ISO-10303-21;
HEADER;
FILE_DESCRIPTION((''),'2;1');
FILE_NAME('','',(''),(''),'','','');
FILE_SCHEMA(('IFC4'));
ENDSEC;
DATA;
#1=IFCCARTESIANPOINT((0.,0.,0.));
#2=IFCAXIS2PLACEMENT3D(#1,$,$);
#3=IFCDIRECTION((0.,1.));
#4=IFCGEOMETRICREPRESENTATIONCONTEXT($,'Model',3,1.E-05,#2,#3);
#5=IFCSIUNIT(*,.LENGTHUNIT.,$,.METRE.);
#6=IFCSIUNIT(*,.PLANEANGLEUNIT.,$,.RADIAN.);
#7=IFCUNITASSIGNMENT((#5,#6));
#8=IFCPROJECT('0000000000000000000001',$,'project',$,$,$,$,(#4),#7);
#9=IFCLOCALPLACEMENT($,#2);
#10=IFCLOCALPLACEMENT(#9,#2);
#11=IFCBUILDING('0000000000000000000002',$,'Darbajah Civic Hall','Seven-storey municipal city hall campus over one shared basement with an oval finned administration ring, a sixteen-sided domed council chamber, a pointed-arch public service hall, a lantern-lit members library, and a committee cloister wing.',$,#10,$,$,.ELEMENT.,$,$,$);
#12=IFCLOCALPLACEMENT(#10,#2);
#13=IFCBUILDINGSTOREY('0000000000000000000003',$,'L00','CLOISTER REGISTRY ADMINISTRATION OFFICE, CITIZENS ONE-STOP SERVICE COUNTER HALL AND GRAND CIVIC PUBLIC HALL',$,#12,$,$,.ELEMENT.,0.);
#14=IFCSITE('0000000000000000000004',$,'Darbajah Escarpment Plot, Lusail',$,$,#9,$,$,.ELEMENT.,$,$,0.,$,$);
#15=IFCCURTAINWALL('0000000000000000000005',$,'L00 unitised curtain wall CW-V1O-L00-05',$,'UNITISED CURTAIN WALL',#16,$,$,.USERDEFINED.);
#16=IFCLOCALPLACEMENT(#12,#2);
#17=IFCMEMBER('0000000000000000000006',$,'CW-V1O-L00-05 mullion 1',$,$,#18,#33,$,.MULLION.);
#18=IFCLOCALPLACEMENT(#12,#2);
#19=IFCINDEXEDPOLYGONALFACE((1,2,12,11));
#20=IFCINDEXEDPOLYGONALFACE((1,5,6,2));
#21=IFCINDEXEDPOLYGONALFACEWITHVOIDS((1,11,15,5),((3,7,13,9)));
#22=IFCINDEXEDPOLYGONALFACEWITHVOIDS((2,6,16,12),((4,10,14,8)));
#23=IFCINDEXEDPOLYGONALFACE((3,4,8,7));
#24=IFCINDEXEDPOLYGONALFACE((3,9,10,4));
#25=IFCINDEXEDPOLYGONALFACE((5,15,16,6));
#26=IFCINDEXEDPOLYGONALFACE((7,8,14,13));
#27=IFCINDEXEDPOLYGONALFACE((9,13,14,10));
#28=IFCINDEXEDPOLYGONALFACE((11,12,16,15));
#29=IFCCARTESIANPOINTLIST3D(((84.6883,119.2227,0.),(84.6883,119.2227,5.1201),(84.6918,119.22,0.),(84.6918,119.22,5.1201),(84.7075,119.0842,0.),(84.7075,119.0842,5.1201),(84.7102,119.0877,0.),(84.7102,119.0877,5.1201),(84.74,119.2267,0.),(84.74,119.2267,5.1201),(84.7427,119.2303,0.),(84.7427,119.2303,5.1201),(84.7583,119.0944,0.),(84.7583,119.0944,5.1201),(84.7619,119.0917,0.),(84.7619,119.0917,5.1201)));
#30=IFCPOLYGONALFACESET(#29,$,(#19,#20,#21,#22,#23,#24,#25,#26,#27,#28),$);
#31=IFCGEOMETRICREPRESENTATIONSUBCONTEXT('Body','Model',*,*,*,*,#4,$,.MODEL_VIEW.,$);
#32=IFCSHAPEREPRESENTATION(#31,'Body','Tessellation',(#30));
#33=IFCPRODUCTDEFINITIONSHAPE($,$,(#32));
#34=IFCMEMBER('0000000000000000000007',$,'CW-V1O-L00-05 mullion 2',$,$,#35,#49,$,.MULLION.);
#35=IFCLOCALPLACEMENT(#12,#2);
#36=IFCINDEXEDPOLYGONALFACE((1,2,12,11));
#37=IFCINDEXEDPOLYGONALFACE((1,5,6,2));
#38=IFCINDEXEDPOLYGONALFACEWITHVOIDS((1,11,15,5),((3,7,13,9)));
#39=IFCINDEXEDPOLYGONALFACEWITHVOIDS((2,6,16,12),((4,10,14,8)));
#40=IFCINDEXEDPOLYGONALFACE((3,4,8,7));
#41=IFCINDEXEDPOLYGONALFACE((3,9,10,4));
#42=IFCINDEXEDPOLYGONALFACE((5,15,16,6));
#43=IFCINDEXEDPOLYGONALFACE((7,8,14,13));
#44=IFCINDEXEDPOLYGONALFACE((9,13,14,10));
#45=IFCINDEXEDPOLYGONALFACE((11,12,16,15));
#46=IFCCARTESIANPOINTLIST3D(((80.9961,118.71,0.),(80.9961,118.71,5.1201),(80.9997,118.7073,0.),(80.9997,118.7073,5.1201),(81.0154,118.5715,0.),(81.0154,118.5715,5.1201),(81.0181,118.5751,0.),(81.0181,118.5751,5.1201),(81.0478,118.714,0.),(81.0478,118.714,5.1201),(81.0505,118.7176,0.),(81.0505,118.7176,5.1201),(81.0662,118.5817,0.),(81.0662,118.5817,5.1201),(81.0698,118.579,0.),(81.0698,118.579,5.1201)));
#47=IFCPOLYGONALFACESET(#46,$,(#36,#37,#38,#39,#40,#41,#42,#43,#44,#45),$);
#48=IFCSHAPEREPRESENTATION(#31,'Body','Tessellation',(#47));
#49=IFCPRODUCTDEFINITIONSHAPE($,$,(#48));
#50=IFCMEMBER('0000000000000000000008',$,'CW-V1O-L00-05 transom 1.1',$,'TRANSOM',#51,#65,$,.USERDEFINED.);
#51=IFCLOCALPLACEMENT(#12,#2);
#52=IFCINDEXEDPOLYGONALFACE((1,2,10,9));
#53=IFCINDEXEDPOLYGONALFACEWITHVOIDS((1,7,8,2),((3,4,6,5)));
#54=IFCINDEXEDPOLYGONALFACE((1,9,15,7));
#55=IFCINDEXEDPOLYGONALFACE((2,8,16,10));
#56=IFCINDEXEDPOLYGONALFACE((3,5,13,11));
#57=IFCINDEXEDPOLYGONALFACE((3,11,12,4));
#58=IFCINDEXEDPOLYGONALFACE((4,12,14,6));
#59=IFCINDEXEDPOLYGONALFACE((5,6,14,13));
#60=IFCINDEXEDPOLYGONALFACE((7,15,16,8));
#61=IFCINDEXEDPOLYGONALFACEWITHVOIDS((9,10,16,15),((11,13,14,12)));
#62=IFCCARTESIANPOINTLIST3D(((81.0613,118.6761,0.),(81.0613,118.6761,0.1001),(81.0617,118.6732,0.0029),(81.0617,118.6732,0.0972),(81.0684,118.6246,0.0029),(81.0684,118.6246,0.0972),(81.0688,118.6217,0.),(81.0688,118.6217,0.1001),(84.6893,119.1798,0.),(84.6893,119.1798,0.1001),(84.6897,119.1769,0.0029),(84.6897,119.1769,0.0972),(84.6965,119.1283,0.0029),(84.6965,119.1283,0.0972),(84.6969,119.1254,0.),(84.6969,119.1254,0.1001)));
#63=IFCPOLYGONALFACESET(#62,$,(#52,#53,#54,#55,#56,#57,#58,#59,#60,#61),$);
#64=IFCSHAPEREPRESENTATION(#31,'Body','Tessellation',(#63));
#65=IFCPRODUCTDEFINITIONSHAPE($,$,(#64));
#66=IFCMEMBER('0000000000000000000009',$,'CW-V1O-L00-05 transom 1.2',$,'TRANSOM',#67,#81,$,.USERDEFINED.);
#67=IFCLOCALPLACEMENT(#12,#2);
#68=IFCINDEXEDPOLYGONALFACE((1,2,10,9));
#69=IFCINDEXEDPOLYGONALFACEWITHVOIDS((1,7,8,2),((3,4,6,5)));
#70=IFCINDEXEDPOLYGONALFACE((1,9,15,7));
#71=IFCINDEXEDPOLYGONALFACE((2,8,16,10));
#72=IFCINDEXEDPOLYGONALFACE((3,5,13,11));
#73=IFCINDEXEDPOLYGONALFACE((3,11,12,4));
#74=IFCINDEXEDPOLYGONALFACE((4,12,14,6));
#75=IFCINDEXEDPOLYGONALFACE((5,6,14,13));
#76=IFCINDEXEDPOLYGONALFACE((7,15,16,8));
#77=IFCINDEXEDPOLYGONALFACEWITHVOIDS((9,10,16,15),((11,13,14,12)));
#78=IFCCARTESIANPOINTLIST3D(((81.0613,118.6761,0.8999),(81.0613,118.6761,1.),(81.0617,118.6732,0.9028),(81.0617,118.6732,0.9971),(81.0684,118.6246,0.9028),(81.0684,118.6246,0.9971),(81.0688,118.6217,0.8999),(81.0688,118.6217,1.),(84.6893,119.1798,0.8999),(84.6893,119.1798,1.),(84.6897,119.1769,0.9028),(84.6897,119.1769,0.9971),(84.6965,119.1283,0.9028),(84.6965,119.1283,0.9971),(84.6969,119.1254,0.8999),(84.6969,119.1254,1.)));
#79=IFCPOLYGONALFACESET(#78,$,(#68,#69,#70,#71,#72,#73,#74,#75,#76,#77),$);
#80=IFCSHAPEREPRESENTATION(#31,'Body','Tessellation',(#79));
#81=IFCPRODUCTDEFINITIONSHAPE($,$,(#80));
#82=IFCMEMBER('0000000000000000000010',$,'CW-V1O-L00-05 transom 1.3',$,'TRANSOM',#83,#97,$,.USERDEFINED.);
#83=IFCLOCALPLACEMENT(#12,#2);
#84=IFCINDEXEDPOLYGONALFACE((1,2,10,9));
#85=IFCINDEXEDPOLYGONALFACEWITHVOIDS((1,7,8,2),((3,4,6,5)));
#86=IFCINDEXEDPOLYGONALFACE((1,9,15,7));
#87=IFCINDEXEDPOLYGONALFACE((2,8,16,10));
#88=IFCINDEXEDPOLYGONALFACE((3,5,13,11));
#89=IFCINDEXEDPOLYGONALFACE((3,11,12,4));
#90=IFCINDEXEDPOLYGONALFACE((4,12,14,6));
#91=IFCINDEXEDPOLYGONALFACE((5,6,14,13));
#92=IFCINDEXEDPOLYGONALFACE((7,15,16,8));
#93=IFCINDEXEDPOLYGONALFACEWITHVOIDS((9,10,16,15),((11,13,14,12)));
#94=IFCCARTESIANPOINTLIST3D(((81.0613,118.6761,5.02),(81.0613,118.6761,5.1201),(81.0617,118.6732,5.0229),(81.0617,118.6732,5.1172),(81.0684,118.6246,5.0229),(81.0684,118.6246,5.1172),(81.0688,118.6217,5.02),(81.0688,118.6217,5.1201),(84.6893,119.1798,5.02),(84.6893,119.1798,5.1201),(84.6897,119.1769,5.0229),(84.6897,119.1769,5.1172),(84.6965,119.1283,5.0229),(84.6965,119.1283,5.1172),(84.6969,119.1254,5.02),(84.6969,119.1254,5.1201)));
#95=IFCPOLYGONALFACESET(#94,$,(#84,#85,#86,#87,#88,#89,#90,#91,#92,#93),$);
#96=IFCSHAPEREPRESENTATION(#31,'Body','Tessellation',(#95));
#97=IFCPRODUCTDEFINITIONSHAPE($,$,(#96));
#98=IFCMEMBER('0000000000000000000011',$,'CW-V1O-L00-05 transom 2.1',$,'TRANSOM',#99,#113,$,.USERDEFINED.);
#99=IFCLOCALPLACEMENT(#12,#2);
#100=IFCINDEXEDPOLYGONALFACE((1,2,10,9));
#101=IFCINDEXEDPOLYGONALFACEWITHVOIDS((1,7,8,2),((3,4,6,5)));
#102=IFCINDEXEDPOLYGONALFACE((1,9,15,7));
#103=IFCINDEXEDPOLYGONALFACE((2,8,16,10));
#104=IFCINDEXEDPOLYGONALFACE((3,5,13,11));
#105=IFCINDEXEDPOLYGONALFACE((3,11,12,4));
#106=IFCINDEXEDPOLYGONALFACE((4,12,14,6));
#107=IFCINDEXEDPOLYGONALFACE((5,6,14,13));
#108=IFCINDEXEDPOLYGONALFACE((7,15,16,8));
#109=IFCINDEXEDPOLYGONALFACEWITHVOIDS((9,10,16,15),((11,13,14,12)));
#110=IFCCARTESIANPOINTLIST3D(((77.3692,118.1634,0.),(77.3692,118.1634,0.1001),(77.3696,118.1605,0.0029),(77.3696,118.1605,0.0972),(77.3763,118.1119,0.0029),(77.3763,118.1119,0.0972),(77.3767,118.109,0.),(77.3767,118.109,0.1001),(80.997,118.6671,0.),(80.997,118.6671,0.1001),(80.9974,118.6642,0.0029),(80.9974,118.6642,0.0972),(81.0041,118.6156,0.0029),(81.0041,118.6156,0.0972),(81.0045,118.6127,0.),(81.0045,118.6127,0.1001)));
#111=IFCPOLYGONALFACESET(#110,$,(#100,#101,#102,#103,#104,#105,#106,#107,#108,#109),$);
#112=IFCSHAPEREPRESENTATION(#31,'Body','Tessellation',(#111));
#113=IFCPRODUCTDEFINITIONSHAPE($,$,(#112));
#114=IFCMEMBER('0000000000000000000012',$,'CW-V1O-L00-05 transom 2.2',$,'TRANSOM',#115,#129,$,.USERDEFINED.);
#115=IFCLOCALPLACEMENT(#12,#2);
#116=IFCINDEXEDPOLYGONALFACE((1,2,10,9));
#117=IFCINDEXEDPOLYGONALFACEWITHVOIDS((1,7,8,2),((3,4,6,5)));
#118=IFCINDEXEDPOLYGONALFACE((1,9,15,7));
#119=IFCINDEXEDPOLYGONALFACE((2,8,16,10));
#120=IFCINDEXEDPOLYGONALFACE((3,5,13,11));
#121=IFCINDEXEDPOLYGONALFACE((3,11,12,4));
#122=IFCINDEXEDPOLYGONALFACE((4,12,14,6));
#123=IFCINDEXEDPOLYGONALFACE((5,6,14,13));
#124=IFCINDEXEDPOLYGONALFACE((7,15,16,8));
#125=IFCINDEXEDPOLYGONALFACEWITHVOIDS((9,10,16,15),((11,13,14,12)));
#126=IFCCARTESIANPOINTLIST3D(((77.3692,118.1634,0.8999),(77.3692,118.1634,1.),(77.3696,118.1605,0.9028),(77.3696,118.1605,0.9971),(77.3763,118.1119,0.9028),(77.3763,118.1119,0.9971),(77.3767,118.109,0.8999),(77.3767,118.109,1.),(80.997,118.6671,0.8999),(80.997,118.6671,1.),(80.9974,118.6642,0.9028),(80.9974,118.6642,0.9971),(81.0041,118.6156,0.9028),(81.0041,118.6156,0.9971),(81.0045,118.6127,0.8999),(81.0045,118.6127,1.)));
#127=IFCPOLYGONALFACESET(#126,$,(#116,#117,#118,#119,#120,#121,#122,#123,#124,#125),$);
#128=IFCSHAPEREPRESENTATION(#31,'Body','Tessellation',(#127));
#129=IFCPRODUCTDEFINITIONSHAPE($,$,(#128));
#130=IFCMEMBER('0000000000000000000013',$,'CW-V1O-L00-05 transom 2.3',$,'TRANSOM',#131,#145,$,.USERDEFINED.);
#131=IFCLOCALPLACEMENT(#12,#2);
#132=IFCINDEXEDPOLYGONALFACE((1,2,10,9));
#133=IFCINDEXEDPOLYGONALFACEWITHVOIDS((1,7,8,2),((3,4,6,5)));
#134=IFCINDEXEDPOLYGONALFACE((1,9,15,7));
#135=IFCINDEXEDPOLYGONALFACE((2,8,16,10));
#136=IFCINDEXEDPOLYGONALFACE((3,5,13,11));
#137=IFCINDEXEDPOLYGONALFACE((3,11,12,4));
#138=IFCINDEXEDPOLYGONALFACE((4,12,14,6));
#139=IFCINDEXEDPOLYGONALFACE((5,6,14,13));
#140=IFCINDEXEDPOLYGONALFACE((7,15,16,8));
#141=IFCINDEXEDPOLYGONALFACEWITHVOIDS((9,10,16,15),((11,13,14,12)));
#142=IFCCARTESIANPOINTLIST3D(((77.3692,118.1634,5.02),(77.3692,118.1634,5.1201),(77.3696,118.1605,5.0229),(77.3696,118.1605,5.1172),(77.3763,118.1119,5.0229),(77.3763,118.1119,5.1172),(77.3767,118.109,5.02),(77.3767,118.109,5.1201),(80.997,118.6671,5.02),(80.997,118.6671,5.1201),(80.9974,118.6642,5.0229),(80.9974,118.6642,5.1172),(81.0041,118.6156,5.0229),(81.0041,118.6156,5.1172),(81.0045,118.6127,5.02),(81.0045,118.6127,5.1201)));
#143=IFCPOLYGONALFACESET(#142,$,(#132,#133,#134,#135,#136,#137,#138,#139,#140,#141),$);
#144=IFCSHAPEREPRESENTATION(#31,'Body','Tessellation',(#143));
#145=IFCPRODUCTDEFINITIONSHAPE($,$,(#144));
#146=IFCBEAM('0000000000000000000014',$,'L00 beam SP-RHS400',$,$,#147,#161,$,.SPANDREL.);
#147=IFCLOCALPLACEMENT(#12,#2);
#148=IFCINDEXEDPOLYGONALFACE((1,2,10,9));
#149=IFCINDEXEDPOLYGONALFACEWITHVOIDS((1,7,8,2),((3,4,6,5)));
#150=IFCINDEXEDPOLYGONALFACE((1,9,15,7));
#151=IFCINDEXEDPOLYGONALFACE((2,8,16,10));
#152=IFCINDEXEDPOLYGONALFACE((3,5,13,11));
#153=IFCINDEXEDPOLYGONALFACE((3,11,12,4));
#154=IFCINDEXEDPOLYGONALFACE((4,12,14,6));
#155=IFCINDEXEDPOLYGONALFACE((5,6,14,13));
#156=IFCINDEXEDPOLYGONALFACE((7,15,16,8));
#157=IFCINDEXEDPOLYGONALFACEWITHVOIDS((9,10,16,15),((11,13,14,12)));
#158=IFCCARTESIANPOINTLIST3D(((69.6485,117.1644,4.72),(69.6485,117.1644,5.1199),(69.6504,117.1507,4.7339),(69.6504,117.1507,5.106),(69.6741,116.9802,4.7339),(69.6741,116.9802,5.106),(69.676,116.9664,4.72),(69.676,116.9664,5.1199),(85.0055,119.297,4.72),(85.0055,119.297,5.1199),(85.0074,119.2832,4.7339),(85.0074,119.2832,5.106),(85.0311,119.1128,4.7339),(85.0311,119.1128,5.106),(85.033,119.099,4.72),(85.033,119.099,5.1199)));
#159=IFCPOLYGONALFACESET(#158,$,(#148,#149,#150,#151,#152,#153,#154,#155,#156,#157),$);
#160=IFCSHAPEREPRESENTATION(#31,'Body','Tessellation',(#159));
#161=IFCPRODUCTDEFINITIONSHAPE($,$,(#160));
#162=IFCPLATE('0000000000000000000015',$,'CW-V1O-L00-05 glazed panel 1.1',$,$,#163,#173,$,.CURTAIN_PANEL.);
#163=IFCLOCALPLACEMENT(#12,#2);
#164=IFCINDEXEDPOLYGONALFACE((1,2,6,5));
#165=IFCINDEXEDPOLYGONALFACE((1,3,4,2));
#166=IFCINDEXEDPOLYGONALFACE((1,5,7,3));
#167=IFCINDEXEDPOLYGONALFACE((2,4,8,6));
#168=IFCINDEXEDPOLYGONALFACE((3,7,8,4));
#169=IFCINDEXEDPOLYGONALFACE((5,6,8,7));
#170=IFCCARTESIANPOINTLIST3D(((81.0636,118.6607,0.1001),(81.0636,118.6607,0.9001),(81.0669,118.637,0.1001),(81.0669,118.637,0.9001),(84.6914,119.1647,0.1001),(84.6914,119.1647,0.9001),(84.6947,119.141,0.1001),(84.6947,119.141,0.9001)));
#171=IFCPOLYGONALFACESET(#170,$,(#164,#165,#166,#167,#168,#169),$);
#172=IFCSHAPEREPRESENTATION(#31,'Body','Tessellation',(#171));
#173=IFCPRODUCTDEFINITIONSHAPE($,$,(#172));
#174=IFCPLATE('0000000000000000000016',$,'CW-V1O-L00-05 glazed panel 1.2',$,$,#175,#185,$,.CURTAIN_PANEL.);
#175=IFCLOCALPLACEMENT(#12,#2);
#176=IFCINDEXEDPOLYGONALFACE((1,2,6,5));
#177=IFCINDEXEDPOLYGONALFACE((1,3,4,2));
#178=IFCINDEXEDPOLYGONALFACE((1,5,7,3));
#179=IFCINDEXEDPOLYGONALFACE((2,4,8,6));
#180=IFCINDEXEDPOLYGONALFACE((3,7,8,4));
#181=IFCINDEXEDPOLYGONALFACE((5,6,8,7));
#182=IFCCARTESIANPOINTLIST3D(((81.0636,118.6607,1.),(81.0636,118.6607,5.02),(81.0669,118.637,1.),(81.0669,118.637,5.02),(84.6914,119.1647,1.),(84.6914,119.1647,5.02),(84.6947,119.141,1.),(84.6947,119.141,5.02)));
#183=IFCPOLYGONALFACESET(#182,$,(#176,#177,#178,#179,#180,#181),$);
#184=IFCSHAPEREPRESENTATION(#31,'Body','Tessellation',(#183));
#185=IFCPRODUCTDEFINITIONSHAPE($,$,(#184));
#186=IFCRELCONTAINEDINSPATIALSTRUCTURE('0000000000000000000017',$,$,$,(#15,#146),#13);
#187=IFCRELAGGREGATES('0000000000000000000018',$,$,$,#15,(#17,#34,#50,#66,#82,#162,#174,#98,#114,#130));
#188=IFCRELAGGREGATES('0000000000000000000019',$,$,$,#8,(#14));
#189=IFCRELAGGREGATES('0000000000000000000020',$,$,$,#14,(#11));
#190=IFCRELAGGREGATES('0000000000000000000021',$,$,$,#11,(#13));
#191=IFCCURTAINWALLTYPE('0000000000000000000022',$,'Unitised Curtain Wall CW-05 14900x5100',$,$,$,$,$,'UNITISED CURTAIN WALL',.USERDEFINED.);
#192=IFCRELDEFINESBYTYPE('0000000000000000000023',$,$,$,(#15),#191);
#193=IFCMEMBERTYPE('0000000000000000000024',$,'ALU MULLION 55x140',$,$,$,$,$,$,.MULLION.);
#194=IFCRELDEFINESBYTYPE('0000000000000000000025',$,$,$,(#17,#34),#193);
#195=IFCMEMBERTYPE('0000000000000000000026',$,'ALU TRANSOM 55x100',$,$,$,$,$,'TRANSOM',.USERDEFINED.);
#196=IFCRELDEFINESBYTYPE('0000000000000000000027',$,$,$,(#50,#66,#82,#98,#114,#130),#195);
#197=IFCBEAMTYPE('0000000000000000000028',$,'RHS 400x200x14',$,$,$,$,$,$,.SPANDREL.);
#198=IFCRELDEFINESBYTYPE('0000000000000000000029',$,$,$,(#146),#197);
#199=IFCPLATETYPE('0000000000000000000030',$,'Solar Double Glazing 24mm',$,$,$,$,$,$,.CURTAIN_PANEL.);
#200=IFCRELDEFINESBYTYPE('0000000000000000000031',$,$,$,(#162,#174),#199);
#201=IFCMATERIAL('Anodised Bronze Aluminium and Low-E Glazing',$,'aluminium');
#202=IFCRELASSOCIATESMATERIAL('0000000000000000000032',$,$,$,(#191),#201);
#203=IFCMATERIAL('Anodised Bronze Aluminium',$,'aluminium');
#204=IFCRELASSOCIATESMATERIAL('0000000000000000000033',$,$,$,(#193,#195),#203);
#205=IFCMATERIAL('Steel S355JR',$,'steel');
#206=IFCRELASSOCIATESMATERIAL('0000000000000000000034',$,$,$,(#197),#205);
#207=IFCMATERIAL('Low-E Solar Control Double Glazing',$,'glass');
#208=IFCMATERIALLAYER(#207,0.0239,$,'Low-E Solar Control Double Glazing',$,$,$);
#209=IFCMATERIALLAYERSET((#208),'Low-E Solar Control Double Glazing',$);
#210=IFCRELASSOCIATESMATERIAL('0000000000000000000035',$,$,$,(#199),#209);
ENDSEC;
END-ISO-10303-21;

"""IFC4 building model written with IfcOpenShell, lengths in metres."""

from ifc_helpers import new_model, si_unit, direction, frame, origin, origin_2d, place, context, subcontext, project, spatial, rectangle, hollow_rectangle, extrude, material, layer, layer_set, material_profile, profile_set, type_object, element, aggregate, save


model = new_model("IFC4")

# Units and contexts
model_context = context("Model", 3, precision=1e-05, world=origin(), true_north=direction((0.0, 1.0)))
body_context = subcontext(model_context, "Body", "Model", "MODEL_VIEW")
ifc_project = project(units=[si_unit("LENGTHUNIT", "METRE"), si_unit("PLANEANGLEUNIT", "RADIAN")], contexts=[model_context])

# Site, building, storey
site_placement = place(None, origin())
site = spatial("IfcSite", under=ifc_project, at=site_placement, Name="Darbajah Escarpment Plot, Lusail", CompositionType="ELEMENT", RefElevation=0.0)
building_placement = place(site_placement, origin())
building = spatial("IfcBuilding", under=site, at=building_placement, Name="Darbajah Civic Hall", Description="Seven-storey municipal city hall campus over one shared basement with an oval finned administration ring, a sixteen-sided domed council chamber, a pointed-arch public service hall, a lantern-lit members library, and a committee cloister wing.", CompositionType="ELEMENT")
storey_placement = place(building_placement, origin())
storey = spatial("IfcBuildingStorey", under=building, at=storey_placement, Name="L00", Description="CLOISTER REGISTRY ADMINISTRATION OFFICE, CITIZENS ONE-STOP SERVICE COUNTER HALL AND GRAND CIVIC PUBLIC HALL", CompositionType="ELEMENT", Elevation=0.0)

# Curtain wall, members
ifc_material_1 = material(Name="Anodised Bronze Aluminium and Low-E Glazing", Category="aluminium")
curtain_wall_type = type_object("IfcCurtainWallType", Name="Unitised Curtain Wall CW-05 14900x5100", ElementType="UNITISED CURTAIN WALL", PredefinedType="USERDEFINED", material=ifc_material_1)
curtain_wall_placement = place(storey_placement, origin())
curtain_wall = element("IfcCurtainWall", 1, at=curtain_wall_placement, inside=storey, type_object=curtain_wall_type, Name="L00 unitised curtain wall CW-V1O-L00-05", ObjectType="UNITISED CURTAIN WALL", PredefinedType="USERDEFINED")
ifc_material_2 = material(Name="Anodised Bronze Aluminium", Category="aluminium")
ifc_material_profile_1 = material_profile(ifc_material_2, hollow_rectangle(XDim=0.0549, YDim=0.1399, WallThickness=0.0032, at=origin_2d()), Name="ALU MULLION 55x140")
ifc_profile_set_1 = profile_set([ifc_material_profile_1], Name="Anodised Bronze Aluminium")
member_type_1 = type_object("IfcMemberType", Name="ALU MULLION 55x140", PredefinedType="MULLION", material=ifc_profile_set_1)
member_1_placement = place(storey_placement, frame((84.7251, 119.1572, 0.0), z_axis=(0.0, 0.0, 1.0), x_axis=(-0.990485, -0.137617, 0.0)))
member_1 = element("IfcMember", 2, at=member_1_placement, type_object=member_type_1, Name="CW-V1O-L00-05 mullion 1", PredefinedType="MULLION", context=body_context, shape_type="SweptSolid", body=[
    extrude(hollow_rectangle(XDim=0.0549, YDim=0.1399, WallThickness=0.0032, at=origin_2d()), origin(), (0.0, 0.0, 1.0), 5.1201),
])
member_2_placement = place(storey_placement, frame((81.033, 118.6445, 0.0), z_axis=(0.0, 0.0, 1.0), x_axis=(-0.990485, -0.137617, 0.0)))
member_2 = element("IfcMember", 3, at=member_2_placement, type_object=member_type_1, Name="CW-V1O-L00-05 mullion 2", PredefinedType="MULLION", context=body_context, shape_type="SweptSolid", body=[
    extrude(hollow_rectangle(XDim=0.0549, YDim=0.1399, WallThickness=0.0032, at=origin_2d()), origin(), (0.0, 0.0, 1.0), 5.1201),
])
ifc_material_profile_2 = material_profile(ifc_material_2, hollow_rectangle(XDim=0.0549, YDim=0.1001, WallThickness=0.0029, at=origin_2d()), Name="ALU TRANSOM 55x100")
ifc_profile_set_2 = profile_set([ifc_material_profile_2], Name="Anodised Bronze Aluminium")
member_type_2 = type_object("IfcMemberType", Name="ALU TRANSOM 55x100", ElementType="TRANSOM", PredefinedType="USERDEFINED", material=ifc_profile_set_2)
member_3_placement = place(storey_placement, frame((84.6931, 119.1526, 0.05), z_axis=(-0.9905, -0.13751, 0.0), x_axis=(0.13751, -0.9905, 0.0)))
member_3 = element("IfcMember", 4, at=member_3_placement, type_object=member_type_2, Name="CW-V1O-L00-05 transom 1.1", ObjectType="TRANSOM", PredefinedType="USERDEFINED", context=body_context, shape_type="SweptSolid", body=[
    extrude(hollow_rectangle(XDim=0.0549, YDim=0.1001, WallThickness=0.0029, at=origin_2d()), origin(), (0.0, 0.0, 1.0), 3.6628),
])
member_4_placement = place(storey_placement, frame((84.6931, 119.1526, 0.95), z_axis=(-0.9905, -0.13751, 0.0), x_axis=(0.13751, -0.9905, 0.0)))
member_4 = element("IfcMember", 5, at=member_4_placement, type_object=member_type_2, Name="CW-V1O-L00-05 transom 1.2", ObjectType="TRANSOM", PredefinedType="USERDEFINED", context=body_context, shape_type="SweptSolid", body=[
    extrude(hollow_rectangle(XDim=0.0549, YDim=0.1001, WallThickness=0.0029, at=origin_2d()), origin(), (0.0, 0.0, 1.0), 3.6628),
])
member_5_placement = place(storey_placement, frame((84.6931, 119.1526, 5.0701), z_axis=(-0.9905, -0.13751, 0.0), x_axis=(0.13751, -0.9905, 0.0)))
member_5 = element("IfcMember", 6, at=member_5_placement, type_object=member_type_2, Name="CW-V1O-L00-05 transom 1.3", ObjectType="TRANSOM", PredefinedType="USERDEFINED", context=body_context, shape_type="SweptSolid", body=[
    extrude(hollow_rectangle(XDim=0.0549, YDim=0.1001, WallThickness=0.0029, at=origin_2d()), origin(), (0.0, 0.0, 1.0), 3.6628),
])
member_6_placement = place(storey_placement, frame((81.0007, 118.6399, 0.05), z_axis=(-0.990499, -0.137519, 0.0), x_axis=(0.137519, -0.990499, 0.0)))
member_6 = element("IfcMember", 7, at=member_6_placement, type_object=member_type_2, Name="CW-V1O-L00-05 transom 2.1", ObjectType="TRANSOM", PredefinedType="USERDEFINED", context=body_context, shape_type="SweptSolid", body=[
    extrude(hollow_rectangle(XDim=0.0549, YDim=0.1001, WallThickness=0.0029, at=origin_2d()), origin(), (0.0, 0.0, 1.0), 3.6626),
])
member_7_placement = place(storey_placement, frame((81.0007, 118.6399, 0.95), z_axis=(-0.990499, -0.137519, 0.0), x_axis=(0.137519, -0.990499, 0.0)))
member_7 = element("IfcMember", 8, at=member_7_placement, type_object=member_type_2, Name="CW-V1O-L00-05 transom 2.2", ObjectType="TRANSOM", PredefinedType="USERDEFINED", context=body_context, shape_type="SweptSolid", body=[
    extrude(hollow_rectangle(XDim=0.0549, YDim=0.1001, WallThickness=0.0029, at=origin_2d()), origin(), (0.0, 0.0, 1.0), 3.6626),
])
member_8_placement = place(storey_placement, frame((81.0007, 118.6399, 5.0701), z_axis=(-0.990499, -0.137519, 0.0), x_axis=(0.137519, -0.990499, 0.0)))
member_8 = element("IfcMember", 9, at=member_8_placement, type_object=member_type_2, Name="CW-V1O-L00-05 transom 2.3", ObjectType="TRANSOM", PredefinedType="USERDEFINED", context=body_context, shape_type="SweptSolid", body=[
    extrude(hollow_rectangle(XDim=0.0549, YDim=0.1001, WallThickness=0.0029, at=origin_2d()), origin(), (0.0, 0.0, 1.0), 3.6626),
])

# Beam
ifc_material_3 = material(Name="Steel S355JR", Category="steel")
ifc_material_profile_3 = material_profile(ifc_material_3, hollow_rectangle(XDim=0.2, YDim=0.3999, WallThickness=0.0139, at=origin_2d()), Name="RHS 400x200x14")
ifc_profile_set_3 = profile_set([ifc_material_profile_3], Name="Steel S355JR")
beam_type = type_object("IfcBeamType", Name="RHS 400x200x14", PredefinedType="SPANDREL", material=ifc_profile_set_3)
beam_placement = place(storey_placement, frame((85.0193, 119.198, 4.9199), z_axis=(-0.990495, -0.137547, 0.0), x_axis=(0.137547, -0.990495, 0.0)))
element("IfcBeam", 10, at=beam_placement, inside=storey, type_object=beam_type, Name="L00 beam SP-RHS400", PredefinedType="SPANDREL", context=body_context, shape_type="SweptSolid", body=[
    extrude(hollow_rectangle(XDim=0.2, YDim=0.3999, WallThickness=0.0139, at=origin_2d()), origin(), (0.0, 0.0, 1.0), 15.5044),
])

# Plates
ifc_material_4 = material(Name="Low-E Solar Control Double Glazing", Category="glass")
ifc_layer_1 = layer(ifc_material_4, 0.0239, Name="Low-E Solar Control Double Glazing")
ifc_layer_set_1 = layer_set([ifc_layer_1], Name="Low-E Solar Control Double Glazing")
plate_type = type_object("IfcPlateType", Name="Solar Double Glazing 24mm", PredefinedType="CURTAIN_PANEL", material=ifc_layer_set_1)
plate_1_placement = place(storey_placement, frame((82.8792, 118.9009, 0.1001), z_axis=(0.0, 0.0, 1.0), x_axis=(-0.990485, -0.137617, 0.0)))
plate_1 = element("IfcPlate", 11, at=plate_1_placement, type_object=plate_type, Name="CW-V1O-L00-05 glazed panel 1.1", PredefinedType="CURTAIN_PANEL", context=body_context, shape_type="SweptSolid", body=[
    extrude(rectangle(XDim=3.6626, YDim=0.0239, at=origin_2d()), origin(), (0.0, 0.0, 1.0), 0.8),
])
plate_2_placement = place(storey_placement, frame((82.8792, 118.9009, 1.0), z_axis=(0.0, 0.0, 1.0), x_axis=(-0.990485, -0.137617, 0.0)))
plate_2 = element("IfcPlate", 12, at=plate_2_placement, type_object=plate_type, Name="CW-V1O-L00-05 glazed panel 1.2", PredefinedType="CURTAIN_PANEL", context=body_context, shape_type="SweptSolid", body=[
    extrude(rectangle(XDim=3.6626, YDim=0.0239, at=origin_2d()), origin(), (0.0, 0.0, 1.0), 4.02),
])
aggregate(curtain_wall, [member_1, member_2, member_3, member_4, member_5, plate_1, plate_2, member_6, member_7, member_8])

save(model, "model.ifc")
